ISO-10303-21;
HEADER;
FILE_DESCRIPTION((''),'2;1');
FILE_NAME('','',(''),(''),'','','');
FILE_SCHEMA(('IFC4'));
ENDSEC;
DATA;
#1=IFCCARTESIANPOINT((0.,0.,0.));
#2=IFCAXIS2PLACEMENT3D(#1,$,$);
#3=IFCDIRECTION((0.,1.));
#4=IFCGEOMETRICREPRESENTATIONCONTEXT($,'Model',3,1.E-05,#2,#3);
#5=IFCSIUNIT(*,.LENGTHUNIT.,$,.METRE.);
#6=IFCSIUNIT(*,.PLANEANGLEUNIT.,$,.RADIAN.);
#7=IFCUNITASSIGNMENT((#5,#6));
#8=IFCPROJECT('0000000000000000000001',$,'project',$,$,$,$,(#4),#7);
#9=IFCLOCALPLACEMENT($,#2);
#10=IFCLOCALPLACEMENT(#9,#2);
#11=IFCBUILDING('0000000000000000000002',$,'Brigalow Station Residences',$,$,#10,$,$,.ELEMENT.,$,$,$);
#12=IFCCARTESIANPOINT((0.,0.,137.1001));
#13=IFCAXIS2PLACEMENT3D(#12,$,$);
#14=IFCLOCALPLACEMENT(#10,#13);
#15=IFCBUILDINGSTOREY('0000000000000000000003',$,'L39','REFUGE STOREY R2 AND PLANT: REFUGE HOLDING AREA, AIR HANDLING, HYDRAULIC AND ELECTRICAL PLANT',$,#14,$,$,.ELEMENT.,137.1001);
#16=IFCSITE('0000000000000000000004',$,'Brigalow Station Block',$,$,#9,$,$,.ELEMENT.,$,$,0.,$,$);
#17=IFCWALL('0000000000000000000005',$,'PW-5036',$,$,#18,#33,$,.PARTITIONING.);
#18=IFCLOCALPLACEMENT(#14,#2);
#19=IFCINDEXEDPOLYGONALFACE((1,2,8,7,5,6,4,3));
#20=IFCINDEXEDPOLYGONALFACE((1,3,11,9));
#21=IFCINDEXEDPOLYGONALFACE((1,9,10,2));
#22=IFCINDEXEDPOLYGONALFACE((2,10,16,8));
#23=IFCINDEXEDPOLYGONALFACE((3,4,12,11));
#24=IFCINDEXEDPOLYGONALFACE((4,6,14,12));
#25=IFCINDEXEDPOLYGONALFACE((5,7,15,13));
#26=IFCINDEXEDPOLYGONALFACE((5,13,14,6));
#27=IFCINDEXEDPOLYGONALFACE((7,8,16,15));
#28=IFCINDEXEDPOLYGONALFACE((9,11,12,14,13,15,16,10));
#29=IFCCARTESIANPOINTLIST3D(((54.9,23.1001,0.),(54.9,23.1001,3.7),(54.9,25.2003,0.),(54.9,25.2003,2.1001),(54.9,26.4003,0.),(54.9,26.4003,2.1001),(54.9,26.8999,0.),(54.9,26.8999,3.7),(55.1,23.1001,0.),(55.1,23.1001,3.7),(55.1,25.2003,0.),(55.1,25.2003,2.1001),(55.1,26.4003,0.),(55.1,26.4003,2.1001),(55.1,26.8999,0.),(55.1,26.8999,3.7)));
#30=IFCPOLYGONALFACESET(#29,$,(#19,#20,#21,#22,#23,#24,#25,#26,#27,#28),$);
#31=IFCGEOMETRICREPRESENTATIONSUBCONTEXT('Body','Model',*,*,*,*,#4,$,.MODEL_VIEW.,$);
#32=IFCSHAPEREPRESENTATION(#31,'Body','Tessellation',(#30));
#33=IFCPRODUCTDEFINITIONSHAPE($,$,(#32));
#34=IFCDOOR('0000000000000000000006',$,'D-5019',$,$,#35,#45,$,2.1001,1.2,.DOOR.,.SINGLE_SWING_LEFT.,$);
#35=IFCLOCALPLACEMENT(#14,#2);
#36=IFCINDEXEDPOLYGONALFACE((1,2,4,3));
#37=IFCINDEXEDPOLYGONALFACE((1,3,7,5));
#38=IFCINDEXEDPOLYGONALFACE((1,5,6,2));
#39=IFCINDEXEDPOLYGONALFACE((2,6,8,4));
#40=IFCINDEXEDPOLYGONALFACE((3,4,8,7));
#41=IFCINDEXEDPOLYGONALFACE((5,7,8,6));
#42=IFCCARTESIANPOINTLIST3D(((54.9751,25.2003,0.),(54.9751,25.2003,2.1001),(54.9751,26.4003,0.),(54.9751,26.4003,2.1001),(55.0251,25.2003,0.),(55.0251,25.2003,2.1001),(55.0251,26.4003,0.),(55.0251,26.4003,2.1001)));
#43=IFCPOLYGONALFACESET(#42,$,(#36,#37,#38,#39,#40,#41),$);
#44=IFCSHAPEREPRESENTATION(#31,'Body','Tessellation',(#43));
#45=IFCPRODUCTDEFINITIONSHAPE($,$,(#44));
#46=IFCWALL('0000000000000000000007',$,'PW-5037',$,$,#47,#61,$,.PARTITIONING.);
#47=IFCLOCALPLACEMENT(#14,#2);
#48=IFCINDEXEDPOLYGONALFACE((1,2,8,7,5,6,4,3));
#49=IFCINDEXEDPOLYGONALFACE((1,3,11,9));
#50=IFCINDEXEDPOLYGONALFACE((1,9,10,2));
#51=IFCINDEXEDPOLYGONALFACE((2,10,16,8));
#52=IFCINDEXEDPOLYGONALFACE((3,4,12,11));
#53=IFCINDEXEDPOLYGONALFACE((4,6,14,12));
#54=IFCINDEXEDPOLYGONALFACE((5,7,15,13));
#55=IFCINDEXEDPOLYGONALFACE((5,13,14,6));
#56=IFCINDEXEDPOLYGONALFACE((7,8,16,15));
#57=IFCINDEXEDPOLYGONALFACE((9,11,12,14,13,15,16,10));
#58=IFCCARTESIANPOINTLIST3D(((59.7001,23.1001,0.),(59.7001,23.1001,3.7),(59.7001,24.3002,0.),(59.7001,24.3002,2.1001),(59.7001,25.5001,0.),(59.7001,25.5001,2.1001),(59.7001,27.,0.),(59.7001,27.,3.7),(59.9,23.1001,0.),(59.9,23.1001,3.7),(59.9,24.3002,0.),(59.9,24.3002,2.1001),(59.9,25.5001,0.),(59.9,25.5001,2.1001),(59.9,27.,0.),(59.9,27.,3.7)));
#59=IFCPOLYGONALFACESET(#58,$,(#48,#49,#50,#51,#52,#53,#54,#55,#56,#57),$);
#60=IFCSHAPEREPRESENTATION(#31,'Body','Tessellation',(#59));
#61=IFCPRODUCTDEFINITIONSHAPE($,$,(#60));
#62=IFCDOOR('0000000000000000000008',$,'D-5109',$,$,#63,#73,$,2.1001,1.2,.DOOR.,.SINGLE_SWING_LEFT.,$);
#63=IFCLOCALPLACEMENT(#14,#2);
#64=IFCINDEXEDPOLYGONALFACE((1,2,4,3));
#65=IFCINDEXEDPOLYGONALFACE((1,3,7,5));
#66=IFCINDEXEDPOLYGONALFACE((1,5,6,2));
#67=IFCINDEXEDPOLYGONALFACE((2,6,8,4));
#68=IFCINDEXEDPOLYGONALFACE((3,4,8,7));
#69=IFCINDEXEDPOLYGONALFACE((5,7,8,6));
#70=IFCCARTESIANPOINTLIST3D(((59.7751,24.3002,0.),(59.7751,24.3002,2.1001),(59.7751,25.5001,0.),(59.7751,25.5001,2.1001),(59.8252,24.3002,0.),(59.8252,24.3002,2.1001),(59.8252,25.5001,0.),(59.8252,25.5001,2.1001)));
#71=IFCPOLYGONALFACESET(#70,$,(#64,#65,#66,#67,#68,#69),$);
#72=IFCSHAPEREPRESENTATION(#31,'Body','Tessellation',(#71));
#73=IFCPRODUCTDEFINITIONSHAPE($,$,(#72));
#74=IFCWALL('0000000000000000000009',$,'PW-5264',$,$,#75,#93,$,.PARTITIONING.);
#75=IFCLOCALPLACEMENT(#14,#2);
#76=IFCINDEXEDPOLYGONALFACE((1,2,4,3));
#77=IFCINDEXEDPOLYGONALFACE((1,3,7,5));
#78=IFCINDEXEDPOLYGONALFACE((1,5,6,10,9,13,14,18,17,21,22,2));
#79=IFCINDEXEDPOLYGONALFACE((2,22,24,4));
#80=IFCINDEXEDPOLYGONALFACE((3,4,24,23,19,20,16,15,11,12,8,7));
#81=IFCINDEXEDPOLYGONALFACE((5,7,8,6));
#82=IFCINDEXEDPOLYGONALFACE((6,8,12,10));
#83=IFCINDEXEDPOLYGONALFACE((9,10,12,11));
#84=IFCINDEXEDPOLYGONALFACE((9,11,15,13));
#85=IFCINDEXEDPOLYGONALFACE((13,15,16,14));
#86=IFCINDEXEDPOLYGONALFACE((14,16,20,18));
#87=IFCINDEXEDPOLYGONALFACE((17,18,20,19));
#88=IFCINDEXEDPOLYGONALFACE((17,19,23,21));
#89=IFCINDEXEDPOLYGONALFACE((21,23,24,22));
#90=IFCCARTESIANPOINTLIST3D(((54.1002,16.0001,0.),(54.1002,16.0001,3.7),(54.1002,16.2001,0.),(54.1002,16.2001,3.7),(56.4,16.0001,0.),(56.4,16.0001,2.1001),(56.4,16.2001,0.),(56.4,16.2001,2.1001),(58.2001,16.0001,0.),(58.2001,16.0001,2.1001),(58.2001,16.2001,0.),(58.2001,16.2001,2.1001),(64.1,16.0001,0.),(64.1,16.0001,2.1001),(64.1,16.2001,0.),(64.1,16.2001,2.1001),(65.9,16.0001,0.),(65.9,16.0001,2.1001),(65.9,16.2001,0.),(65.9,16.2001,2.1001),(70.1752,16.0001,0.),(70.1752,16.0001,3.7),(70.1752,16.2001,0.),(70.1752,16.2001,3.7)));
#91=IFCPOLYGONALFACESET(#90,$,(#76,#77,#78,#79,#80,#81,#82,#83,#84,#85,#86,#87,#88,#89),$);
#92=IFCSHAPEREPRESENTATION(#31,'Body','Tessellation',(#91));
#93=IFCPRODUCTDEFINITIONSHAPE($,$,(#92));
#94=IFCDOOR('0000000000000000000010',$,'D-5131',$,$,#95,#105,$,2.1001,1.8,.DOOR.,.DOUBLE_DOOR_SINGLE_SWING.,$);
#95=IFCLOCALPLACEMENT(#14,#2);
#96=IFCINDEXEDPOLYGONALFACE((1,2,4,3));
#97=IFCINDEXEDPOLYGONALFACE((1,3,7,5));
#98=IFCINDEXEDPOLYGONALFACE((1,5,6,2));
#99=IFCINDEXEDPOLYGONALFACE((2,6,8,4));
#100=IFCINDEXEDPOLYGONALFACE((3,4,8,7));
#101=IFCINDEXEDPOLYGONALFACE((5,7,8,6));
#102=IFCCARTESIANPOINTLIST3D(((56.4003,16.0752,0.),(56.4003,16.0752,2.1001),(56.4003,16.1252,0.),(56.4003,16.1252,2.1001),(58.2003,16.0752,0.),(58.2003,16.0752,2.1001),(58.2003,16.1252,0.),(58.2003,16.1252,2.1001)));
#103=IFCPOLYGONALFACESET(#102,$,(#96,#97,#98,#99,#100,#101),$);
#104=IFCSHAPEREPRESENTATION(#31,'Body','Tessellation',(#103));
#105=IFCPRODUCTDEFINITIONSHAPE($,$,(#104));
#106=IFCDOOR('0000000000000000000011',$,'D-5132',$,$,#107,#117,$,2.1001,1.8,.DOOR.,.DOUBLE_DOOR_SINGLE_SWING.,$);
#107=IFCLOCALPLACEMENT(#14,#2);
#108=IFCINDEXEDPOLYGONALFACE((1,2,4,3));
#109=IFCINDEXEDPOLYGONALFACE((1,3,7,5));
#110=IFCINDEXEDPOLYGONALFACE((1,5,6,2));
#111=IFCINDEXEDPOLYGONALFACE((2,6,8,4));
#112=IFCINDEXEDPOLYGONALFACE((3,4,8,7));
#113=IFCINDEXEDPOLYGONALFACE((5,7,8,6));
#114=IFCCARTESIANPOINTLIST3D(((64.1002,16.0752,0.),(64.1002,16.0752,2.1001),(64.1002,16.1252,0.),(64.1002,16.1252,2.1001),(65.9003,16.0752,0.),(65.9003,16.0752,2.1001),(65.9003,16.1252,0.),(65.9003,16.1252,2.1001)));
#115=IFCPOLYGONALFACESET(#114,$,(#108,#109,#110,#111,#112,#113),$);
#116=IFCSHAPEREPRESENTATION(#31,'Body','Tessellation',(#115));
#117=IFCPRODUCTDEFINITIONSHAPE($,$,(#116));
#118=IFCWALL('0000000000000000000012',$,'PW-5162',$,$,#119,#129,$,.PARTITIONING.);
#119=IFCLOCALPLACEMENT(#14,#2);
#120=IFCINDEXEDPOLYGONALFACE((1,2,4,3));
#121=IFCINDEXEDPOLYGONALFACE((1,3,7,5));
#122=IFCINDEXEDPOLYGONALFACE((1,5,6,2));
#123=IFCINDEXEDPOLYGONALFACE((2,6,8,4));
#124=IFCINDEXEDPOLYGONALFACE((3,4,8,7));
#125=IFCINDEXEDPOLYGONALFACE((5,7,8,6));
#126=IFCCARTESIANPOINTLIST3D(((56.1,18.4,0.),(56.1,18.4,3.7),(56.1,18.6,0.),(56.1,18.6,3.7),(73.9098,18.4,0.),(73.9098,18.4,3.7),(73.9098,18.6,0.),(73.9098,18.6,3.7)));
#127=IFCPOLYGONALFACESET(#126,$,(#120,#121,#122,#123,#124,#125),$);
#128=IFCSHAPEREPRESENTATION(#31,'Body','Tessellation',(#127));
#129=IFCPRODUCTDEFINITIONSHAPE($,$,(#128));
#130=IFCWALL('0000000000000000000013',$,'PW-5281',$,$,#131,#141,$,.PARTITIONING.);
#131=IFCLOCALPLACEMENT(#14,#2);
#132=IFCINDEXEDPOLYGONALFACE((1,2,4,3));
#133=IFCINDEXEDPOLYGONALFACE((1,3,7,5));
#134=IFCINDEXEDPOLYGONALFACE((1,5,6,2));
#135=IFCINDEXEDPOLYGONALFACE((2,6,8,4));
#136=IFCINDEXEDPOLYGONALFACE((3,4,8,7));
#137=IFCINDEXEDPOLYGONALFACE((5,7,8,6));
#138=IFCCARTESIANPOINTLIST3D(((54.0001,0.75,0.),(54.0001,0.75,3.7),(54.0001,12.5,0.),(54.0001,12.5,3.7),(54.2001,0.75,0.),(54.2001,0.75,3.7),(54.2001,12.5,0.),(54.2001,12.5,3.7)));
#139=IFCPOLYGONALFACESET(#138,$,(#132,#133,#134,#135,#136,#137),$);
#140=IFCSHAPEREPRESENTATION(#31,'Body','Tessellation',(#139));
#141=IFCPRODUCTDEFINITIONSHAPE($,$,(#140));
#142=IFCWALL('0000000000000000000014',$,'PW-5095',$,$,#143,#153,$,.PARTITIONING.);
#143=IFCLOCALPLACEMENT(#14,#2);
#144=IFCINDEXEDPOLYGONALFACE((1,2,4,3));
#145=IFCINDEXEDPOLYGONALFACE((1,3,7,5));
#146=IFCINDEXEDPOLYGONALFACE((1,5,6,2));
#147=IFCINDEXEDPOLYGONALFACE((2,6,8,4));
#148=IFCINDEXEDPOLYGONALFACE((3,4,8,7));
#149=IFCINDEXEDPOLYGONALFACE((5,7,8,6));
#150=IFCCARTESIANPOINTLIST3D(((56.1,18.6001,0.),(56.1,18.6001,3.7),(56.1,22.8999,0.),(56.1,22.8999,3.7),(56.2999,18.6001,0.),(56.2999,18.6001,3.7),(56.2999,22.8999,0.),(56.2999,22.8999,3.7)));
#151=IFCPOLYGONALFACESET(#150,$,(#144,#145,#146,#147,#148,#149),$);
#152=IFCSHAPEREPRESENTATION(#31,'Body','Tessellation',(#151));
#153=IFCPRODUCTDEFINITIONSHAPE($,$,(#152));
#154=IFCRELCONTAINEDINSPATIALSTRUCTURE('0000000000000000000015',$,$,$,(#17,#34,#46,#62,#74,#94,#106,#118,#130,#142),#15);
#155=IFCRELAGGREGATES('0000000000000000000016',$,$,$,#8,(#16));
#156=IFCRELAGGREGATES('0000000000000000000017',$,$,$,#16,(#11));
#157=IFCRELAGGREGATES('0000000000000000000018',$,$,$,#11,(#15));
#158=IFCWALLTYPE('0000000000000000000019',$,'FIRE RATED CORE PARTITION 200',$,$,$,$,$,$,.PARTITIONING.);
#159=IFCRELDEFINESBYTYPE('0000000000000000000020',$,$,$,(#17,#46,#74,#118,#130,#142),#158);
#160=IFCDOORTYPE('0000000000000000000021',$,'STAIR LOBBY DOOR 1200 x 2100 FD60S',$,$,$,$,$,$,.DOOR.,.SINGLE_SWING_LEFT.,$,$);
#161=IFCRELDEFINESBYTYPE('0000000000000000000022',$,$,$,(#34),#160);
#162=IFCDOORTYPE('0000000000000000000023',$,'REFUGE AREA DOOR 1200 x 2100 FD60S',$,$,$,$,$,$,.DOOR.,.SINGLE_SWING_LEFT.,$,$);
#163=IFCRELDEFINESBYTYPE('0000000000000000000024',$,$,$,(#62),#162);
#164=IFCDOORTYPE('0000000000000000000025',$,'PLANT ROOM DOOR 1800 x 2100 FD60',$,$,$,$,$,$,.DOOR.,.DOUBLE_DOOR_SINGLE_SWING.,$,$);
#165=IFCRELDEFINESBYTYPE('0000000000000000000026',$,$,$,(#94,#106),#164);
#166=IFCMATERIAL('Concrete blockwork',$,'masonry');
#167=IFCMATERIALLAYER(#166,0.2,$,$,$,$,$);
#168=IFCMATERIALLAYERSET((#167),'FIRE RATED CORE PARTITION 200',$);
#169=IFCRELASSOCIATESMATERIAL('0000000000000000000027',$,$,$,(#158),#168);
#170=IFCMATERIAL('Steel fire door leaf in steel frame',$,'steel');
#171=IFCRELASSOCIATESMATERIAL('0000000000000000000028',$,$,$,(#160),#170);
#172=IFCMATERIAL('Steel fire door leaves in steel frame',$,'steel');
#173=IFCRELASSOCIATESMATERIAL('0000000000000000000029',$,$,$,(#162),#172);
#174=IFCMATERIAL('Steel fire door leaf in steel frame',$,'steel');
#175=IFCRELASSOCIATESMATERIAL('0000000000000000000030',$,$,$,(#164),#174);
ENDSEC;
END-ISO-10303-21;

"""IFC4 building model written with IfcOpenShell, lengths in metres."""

from ifc_helpers import new_model, si_unit, direction, frame, frame_2d, origin, place, context, subcontext, project, spatial, rectangle, extrude, material, layer, layer_set, type_object, element, fill, save


model = new_model("IFC4")

# Units and contexts
model_context = context("Model", 3, precision=1e-05, world=origin(), true_north=direction((0.0, 1.0)))
body_context = subcontext(model_context, "Body", "Model", "MODEL_VIEW")
ifc_project = project(units=[si_unit("LENGTHUNIT", "METRE"), si_unit("PLANEANGLEUNIT", "RADIAN")], contexts=[model_context])

# Site, building, storey
site_placement = place(None, origin())
site = spatial("IfcSite", under=ifc_project, at=site_placement, Name="Brigalow Station Block", CompositionType="ELEMENT", RefElevation=0.0)
building_placement = place(site_placement, origin())
building = spatial("IfcBuilding", under=site, at=building_placement, Name="Brigalow Station Residences", CompositionType="ELEMENT")
storey_placement = place(building_placement, frame((0.0, 0.0, 137.1001)))
storey = spatial("IfcBuildingStorey", under=building, at=storey_placement, Name="L39", Description="REFUGE STOREY R2 AND PLANT: REFUGE HOLDING AREA, AIR HANDLING, HYDRAULIC AND ELECTRICAL PLANT", CompositionType="ELEMENT", Elevation=137.1001)

# Shared definitions
ifc_material_1 = material(Name="Concrete blockwork", Category="masonry")
ifc_layer_1 = layer(ifc_material_1, 0.2)
ifc_layer_set_1 = layer_set([ifc_layer_1], Name="FIRE RATED CORE PARTITION 200")
wall_type_1 = type_object("IfcWallType", Name="FIRE RATED CORE PARTITION 200", PredefinedType="PARTITIONING", material=ifc_layer_set_1)

# Walls, openings, doors
wall_1_placement = place(storey_placement, frame((55.0, 23.1001, 0.0), z_axis=(0.0, 0.0, 1.0), x_axis=(0.0, 1.0, 0.0)))
wall_1 = element("IfcWall", 1, at=wall_1_placement, inside=storey, type_object=wall_type_1, Name="PW-5036", PredefinedType="PARTITIONING", context=body_context, shape_type="SweptSolid", body=[
    extrude(rectangle(XDim=3.7998, YDim=0.2, at=frame_2d((1.8999, 0.0))), origin(), (0.0, 0.0, 1.0), 3.7),
])
opening_1_placement = place(wall_1_placement, frame((2.1001, 0.0, 0.0)))
opening_1 = element("IfcOpeningElement", 2, at=opening_1_placement, cuts=wall_1, PredefinedType="OPENING", context=body_context, shape_type="SweptSolid", body=[
    extrude(rectangle(XDim=1.2, YDim=2.1001, at=frame_2d((0.6001, 1.05))), frame((0.0, 0.1099, 0.0), z_axis=(0.0, -1.0, 0.0), x_axis=(1.0, 0.0, 0.0)), (0.0, 0.0, 1.0), 0.22),
])
ifc_material_2 = material(Name="Steel fire door leaf in steel frame", Category="steel")
door_type_1 = type_object("IfcDoorType", Name="STAIR LOBBY DOOR 1200 x 2100 FD60S", OperationType="SINGLE_SWING_LEFT", PredefinedType="DOOR", material=ifc_material_2)
door_1_placement = place(opening_1_placement, origin())
door_1 = element("IfcDoor", 3, at=door_1_placement, inside=storey, type_object=door_type_1, Name="D-5019", OperationType="SINGLE_SWING_LEFT", OverallHeight=2.1001, OverallWidth=1.2, PredefinedType="DOOR", context=body_context, shape_type="SweptSolid", body=[
    extrude(rectangle(XDim=1.2, YDim=2.1001, at=frame_2d((0.6001, 1.05))), frame((0.0, 0.0249, 0.0), z_axis=(0.0, -1.0, 0.0), x_axis=(1.0, 0.0, 0.0)), (0.0, 0.0, 1.0), 0.05),
])
fill(opening_1, door_1)
wall_2_placement = place(storey_placement, frame((59.8, 23.1001, 0.0), z_axis=(0.0, 0.0, 1.0), x_axis=(0.0, 1.0, 0.0)))
wall_2 = element("IfcWall", 4, at=wall_2_placement, inside=storey, type_object=wall_type_1, Name="PW-5037", PredefinedType="PARTITIONING", context=body_context, shape_type="SweptSolid", body=[
    extrude(rectangle(XDim=3.8999, YDim=0.2, at=frame_2d((1.95, 0.0))), origin(), (0.0, 0.0, 1.0), 3.7),
])
opening_2_placement = place(wall_2_placement, frame((1.2, 0.0, 0.0)))
opening_2 = element("IfcOpeningElement", 5, at=opening_2_placement, cuts=wall_2, PredefinedType="OPENING", context=body_context, shape_type="SweptSolid", body=[
    extrude(rectangle(XDim=1.2, YDim=2.1001, at=frame_2d((0.6001, 1.05))), frame((0.0, 0.1099, 0.0), z_axis=(0.0, -1.0, 0.0), x_axis=(1.0, 0.0, 0.0)), (0.0, 0.0, 1.0), 0.22),
])
ifc_material_3 = material(Name="Steel fire door leaves in steel frame", Category="steel")
door_type_2 = type_object("IfcDoorType", Name="REFUGE AREA DOOR 1200 x 2100 FD60S", OperationType="SINGLE_SWING_LEFT", PredefinedType="DOOR", material=ifc_material_3)
door_2_placement = place(opening_2_placement, origin())
door_2 = element("IfcDoor", 6, at=door_2_placement, inside=storey, type_object=door_type_2, Name="D-5109", OperationType="SINGLE_SWING_LEFT", OverallHeight=2.1001, OverallWidth=1.2, PredefinedType="DOOR", context=body_context, shape_type="SweptSolid", body=[
    extrude(rectangle(XDim=1.2, YDim=2.1001, at=frame_2d((0.6001, 1.05))), frame((0.0, 0.0249, 0.0), z_axis=(0.0, -1.0, 0.0), x_axis=(1.0, 0.0, 0.0)), (0.0, 0.0, 1.0), 0.05),
])
fill(opening_2, door_2)

# Wall, openings, doors
wall_3_placement = place(storey_placement, frame((54.1001, 16.1001, 0.0), z_axis=(0.0, 0.0, 1.0), x_axis=(1.0, 0.0, 0.0)))
wall_3 = element("IfcWall", 7, at=wall_3_placement, inside=storey, type_object=wall_type_1, Name="PW-5264", PredefinedType="PARTITIONING", context=body_context, shape_type="SweptSolid", body=[
    extrude(rectangle(XDim=16.075, YDim=0.2, at=frame_2d((8.0376, 0.0))), origin(), (0.0, 0.0, 1.0), 3.7),
])
opening_3_placement = place(wall_3_placement, frame((2.3, 0.0, 0.0)))
opening_3 = element("IfcOpeningElement", 8, at=opening_3_placement, cuts=wall_3, PredefinedType="OPENING", context=body_context, shape_type="SweptSolid", body=[
    extrude(rectangle(XDim=1.8, YDim=2.1001, at=frame_2d((0.8999, 1.05))), frame((0.0, 0.1099, 0.0), z_axis=(0.0, -1.0, 0.0), x_axis=(1.0, 0.0, 0.0)), (0.0, 0.0, 1.0), 0.22),
])
opening_4_placement = place(wall_3_placement, frame((10.0, 0.0, 0.0)))
opening_4 = element("IfcOpeningElement", 9, at=opening_4_placement, cuts=wall_3, PredefinedType="OPENING", context=body_context, shape_type="SweptSolid", body=[
    extrude(rectangle(XDim=1.8, YDim=2.1001, at=frame_2d((0.8999, 1.05))), frame((0.0, 0.1099, 0.0), z_axis=(0.0, -1.0, 0.0), x_axis=(1.0, 0.0, 0.0)), (0.0, 0.0, 1.0), 0.22),
])
ifc_material_4 = material(Name="Steel fire door leaf in steel frame", Category="steel")
door_type_3 = type_object("IfcDoorType", Name="PLANT ROOM DOOR 1800 x 2100 FD60", OperationType="DOUBLE_DOOR_SINGLE_SWING", PredefinedType="DOOR", material=ifc_material_4)
door_3_placement = place(opening_3_placement, frame((1.8, 0.0, 0.0), z_axis=(0.0, 0.0, 1.0), x_axis=(-1.0, 0.0, 0.0)))
door_3 = element("IfcDoor", 10, at=door_3_placement, inside=storey, type_object=door_type_3, Name="D-5131", OperationType="DOUBLE_DOOR_SINGLE_SWING", OverallHeight=2.1001, OverallWidth=1.8, PredefinedType="DOOR", context=body_context, shape_type="SweptSolid", body=[
    extrude(rectangle(XDim=1.8, YDim=2.1001, at=frame_2d((0.8999, 1.05))), frame((0.0, 0.0249, 0.0), z_axis=(0.0, -1.0, 0.0), x_axis=(1.0, 0.0, 0.0)), (0.0, 0.0, 1.0), 0.05),
])
fill(opening_3, door_3)
door_4_placement = place(opening_4_placement, frame((1.8, 0.0, 0.0), z_axis=(0.0, 0.0, 1.0), x_axis=(-1.0, 0.0, 0.0)))
door_4 = element("IfcDoor", 11, at=door_4_placement, inside=storey, type_object=door_type_3, Name="D-5132", OperationType="DOUBLE_DOOR_SINGLE_SWING", OverallHeight=2.1001, OverallWidth=1.8, PredefinedType="DOOR", context=body_context, shape_type="SweptSolid", body=[
    extrude(rectangle(XDim=1.8, YDim=2.1001, at=frame_2d((0.8999, 1.05))), frame((0.0, 0.0249, 0.0), z_axis=(0.0, -1.0, 0.0), x_axis=(1.0, 0.0, 0.0)), (0.0, 0.0, 1.0), 0.05),
])
fill(opening_4, door_4)

# Walls
wall_4_placement = place(storey_placement, frame((56.1001, 18.5, 0.0), z_axis=(0.0, 0.0, 1.0), x_axis=(1.0, 0.0, 0.0)))
element("IfcWall", 12, at=wall_4_placement, inside=storey, type_object=wall_type_1, Name="PW-5162", PredefinedType="PARTITIONING", context=body_context, shape_type="SweptSolid", body=[
    extrude(rectangle(XDim=17.8098, YDim=0.2, at=frame_2d((8.9048, 0.0))), origin(), (0.0, 0.0, 1.0), 3.7),
])
wall_5_placement = place(storey_placement, frame((54.1001, 0.75, 0.0), z_axis=(0.0, 0.0, 1.0), x_axis=(0.0, 1.0, 0.0)))
element("IfcWall", 13, at=wall_5_placement, inside=storey, type_object=wall_type_1, Name="PW-5281", PredefinedType="PARTITIONING", context=body_context, shape_type="SweptSolid", body=[
    extrude(rectangle(XDim=11.75, YDim=0.2, at=frame_2d((5.875, 0.0))), origin(), (0.0, 0.0, 1.0), 3.7),
])
wall_6_placement = place(storey_placement, frame((56.2, 18.6001, 0.0), z_axis=(0.0, 0.0, 1.0), x_axis=(0.0, 1.0, 0.0)))
element("IfcWall", 14, at=wall_6_placement, inside=storey, type_object=wall_type_1, Name="PW-5095", PredefinedType="PARTITIONING", context=body_context, shape_type="SweptSolid", body=[
    extrude(rectangle(XDim=4.2998, YDim=0.2, at=frame_2d((2.1499, 0.0))), origin(), (0.0, 0.0, 1.0), 3.7),
])

save(model, "model.ifc")
